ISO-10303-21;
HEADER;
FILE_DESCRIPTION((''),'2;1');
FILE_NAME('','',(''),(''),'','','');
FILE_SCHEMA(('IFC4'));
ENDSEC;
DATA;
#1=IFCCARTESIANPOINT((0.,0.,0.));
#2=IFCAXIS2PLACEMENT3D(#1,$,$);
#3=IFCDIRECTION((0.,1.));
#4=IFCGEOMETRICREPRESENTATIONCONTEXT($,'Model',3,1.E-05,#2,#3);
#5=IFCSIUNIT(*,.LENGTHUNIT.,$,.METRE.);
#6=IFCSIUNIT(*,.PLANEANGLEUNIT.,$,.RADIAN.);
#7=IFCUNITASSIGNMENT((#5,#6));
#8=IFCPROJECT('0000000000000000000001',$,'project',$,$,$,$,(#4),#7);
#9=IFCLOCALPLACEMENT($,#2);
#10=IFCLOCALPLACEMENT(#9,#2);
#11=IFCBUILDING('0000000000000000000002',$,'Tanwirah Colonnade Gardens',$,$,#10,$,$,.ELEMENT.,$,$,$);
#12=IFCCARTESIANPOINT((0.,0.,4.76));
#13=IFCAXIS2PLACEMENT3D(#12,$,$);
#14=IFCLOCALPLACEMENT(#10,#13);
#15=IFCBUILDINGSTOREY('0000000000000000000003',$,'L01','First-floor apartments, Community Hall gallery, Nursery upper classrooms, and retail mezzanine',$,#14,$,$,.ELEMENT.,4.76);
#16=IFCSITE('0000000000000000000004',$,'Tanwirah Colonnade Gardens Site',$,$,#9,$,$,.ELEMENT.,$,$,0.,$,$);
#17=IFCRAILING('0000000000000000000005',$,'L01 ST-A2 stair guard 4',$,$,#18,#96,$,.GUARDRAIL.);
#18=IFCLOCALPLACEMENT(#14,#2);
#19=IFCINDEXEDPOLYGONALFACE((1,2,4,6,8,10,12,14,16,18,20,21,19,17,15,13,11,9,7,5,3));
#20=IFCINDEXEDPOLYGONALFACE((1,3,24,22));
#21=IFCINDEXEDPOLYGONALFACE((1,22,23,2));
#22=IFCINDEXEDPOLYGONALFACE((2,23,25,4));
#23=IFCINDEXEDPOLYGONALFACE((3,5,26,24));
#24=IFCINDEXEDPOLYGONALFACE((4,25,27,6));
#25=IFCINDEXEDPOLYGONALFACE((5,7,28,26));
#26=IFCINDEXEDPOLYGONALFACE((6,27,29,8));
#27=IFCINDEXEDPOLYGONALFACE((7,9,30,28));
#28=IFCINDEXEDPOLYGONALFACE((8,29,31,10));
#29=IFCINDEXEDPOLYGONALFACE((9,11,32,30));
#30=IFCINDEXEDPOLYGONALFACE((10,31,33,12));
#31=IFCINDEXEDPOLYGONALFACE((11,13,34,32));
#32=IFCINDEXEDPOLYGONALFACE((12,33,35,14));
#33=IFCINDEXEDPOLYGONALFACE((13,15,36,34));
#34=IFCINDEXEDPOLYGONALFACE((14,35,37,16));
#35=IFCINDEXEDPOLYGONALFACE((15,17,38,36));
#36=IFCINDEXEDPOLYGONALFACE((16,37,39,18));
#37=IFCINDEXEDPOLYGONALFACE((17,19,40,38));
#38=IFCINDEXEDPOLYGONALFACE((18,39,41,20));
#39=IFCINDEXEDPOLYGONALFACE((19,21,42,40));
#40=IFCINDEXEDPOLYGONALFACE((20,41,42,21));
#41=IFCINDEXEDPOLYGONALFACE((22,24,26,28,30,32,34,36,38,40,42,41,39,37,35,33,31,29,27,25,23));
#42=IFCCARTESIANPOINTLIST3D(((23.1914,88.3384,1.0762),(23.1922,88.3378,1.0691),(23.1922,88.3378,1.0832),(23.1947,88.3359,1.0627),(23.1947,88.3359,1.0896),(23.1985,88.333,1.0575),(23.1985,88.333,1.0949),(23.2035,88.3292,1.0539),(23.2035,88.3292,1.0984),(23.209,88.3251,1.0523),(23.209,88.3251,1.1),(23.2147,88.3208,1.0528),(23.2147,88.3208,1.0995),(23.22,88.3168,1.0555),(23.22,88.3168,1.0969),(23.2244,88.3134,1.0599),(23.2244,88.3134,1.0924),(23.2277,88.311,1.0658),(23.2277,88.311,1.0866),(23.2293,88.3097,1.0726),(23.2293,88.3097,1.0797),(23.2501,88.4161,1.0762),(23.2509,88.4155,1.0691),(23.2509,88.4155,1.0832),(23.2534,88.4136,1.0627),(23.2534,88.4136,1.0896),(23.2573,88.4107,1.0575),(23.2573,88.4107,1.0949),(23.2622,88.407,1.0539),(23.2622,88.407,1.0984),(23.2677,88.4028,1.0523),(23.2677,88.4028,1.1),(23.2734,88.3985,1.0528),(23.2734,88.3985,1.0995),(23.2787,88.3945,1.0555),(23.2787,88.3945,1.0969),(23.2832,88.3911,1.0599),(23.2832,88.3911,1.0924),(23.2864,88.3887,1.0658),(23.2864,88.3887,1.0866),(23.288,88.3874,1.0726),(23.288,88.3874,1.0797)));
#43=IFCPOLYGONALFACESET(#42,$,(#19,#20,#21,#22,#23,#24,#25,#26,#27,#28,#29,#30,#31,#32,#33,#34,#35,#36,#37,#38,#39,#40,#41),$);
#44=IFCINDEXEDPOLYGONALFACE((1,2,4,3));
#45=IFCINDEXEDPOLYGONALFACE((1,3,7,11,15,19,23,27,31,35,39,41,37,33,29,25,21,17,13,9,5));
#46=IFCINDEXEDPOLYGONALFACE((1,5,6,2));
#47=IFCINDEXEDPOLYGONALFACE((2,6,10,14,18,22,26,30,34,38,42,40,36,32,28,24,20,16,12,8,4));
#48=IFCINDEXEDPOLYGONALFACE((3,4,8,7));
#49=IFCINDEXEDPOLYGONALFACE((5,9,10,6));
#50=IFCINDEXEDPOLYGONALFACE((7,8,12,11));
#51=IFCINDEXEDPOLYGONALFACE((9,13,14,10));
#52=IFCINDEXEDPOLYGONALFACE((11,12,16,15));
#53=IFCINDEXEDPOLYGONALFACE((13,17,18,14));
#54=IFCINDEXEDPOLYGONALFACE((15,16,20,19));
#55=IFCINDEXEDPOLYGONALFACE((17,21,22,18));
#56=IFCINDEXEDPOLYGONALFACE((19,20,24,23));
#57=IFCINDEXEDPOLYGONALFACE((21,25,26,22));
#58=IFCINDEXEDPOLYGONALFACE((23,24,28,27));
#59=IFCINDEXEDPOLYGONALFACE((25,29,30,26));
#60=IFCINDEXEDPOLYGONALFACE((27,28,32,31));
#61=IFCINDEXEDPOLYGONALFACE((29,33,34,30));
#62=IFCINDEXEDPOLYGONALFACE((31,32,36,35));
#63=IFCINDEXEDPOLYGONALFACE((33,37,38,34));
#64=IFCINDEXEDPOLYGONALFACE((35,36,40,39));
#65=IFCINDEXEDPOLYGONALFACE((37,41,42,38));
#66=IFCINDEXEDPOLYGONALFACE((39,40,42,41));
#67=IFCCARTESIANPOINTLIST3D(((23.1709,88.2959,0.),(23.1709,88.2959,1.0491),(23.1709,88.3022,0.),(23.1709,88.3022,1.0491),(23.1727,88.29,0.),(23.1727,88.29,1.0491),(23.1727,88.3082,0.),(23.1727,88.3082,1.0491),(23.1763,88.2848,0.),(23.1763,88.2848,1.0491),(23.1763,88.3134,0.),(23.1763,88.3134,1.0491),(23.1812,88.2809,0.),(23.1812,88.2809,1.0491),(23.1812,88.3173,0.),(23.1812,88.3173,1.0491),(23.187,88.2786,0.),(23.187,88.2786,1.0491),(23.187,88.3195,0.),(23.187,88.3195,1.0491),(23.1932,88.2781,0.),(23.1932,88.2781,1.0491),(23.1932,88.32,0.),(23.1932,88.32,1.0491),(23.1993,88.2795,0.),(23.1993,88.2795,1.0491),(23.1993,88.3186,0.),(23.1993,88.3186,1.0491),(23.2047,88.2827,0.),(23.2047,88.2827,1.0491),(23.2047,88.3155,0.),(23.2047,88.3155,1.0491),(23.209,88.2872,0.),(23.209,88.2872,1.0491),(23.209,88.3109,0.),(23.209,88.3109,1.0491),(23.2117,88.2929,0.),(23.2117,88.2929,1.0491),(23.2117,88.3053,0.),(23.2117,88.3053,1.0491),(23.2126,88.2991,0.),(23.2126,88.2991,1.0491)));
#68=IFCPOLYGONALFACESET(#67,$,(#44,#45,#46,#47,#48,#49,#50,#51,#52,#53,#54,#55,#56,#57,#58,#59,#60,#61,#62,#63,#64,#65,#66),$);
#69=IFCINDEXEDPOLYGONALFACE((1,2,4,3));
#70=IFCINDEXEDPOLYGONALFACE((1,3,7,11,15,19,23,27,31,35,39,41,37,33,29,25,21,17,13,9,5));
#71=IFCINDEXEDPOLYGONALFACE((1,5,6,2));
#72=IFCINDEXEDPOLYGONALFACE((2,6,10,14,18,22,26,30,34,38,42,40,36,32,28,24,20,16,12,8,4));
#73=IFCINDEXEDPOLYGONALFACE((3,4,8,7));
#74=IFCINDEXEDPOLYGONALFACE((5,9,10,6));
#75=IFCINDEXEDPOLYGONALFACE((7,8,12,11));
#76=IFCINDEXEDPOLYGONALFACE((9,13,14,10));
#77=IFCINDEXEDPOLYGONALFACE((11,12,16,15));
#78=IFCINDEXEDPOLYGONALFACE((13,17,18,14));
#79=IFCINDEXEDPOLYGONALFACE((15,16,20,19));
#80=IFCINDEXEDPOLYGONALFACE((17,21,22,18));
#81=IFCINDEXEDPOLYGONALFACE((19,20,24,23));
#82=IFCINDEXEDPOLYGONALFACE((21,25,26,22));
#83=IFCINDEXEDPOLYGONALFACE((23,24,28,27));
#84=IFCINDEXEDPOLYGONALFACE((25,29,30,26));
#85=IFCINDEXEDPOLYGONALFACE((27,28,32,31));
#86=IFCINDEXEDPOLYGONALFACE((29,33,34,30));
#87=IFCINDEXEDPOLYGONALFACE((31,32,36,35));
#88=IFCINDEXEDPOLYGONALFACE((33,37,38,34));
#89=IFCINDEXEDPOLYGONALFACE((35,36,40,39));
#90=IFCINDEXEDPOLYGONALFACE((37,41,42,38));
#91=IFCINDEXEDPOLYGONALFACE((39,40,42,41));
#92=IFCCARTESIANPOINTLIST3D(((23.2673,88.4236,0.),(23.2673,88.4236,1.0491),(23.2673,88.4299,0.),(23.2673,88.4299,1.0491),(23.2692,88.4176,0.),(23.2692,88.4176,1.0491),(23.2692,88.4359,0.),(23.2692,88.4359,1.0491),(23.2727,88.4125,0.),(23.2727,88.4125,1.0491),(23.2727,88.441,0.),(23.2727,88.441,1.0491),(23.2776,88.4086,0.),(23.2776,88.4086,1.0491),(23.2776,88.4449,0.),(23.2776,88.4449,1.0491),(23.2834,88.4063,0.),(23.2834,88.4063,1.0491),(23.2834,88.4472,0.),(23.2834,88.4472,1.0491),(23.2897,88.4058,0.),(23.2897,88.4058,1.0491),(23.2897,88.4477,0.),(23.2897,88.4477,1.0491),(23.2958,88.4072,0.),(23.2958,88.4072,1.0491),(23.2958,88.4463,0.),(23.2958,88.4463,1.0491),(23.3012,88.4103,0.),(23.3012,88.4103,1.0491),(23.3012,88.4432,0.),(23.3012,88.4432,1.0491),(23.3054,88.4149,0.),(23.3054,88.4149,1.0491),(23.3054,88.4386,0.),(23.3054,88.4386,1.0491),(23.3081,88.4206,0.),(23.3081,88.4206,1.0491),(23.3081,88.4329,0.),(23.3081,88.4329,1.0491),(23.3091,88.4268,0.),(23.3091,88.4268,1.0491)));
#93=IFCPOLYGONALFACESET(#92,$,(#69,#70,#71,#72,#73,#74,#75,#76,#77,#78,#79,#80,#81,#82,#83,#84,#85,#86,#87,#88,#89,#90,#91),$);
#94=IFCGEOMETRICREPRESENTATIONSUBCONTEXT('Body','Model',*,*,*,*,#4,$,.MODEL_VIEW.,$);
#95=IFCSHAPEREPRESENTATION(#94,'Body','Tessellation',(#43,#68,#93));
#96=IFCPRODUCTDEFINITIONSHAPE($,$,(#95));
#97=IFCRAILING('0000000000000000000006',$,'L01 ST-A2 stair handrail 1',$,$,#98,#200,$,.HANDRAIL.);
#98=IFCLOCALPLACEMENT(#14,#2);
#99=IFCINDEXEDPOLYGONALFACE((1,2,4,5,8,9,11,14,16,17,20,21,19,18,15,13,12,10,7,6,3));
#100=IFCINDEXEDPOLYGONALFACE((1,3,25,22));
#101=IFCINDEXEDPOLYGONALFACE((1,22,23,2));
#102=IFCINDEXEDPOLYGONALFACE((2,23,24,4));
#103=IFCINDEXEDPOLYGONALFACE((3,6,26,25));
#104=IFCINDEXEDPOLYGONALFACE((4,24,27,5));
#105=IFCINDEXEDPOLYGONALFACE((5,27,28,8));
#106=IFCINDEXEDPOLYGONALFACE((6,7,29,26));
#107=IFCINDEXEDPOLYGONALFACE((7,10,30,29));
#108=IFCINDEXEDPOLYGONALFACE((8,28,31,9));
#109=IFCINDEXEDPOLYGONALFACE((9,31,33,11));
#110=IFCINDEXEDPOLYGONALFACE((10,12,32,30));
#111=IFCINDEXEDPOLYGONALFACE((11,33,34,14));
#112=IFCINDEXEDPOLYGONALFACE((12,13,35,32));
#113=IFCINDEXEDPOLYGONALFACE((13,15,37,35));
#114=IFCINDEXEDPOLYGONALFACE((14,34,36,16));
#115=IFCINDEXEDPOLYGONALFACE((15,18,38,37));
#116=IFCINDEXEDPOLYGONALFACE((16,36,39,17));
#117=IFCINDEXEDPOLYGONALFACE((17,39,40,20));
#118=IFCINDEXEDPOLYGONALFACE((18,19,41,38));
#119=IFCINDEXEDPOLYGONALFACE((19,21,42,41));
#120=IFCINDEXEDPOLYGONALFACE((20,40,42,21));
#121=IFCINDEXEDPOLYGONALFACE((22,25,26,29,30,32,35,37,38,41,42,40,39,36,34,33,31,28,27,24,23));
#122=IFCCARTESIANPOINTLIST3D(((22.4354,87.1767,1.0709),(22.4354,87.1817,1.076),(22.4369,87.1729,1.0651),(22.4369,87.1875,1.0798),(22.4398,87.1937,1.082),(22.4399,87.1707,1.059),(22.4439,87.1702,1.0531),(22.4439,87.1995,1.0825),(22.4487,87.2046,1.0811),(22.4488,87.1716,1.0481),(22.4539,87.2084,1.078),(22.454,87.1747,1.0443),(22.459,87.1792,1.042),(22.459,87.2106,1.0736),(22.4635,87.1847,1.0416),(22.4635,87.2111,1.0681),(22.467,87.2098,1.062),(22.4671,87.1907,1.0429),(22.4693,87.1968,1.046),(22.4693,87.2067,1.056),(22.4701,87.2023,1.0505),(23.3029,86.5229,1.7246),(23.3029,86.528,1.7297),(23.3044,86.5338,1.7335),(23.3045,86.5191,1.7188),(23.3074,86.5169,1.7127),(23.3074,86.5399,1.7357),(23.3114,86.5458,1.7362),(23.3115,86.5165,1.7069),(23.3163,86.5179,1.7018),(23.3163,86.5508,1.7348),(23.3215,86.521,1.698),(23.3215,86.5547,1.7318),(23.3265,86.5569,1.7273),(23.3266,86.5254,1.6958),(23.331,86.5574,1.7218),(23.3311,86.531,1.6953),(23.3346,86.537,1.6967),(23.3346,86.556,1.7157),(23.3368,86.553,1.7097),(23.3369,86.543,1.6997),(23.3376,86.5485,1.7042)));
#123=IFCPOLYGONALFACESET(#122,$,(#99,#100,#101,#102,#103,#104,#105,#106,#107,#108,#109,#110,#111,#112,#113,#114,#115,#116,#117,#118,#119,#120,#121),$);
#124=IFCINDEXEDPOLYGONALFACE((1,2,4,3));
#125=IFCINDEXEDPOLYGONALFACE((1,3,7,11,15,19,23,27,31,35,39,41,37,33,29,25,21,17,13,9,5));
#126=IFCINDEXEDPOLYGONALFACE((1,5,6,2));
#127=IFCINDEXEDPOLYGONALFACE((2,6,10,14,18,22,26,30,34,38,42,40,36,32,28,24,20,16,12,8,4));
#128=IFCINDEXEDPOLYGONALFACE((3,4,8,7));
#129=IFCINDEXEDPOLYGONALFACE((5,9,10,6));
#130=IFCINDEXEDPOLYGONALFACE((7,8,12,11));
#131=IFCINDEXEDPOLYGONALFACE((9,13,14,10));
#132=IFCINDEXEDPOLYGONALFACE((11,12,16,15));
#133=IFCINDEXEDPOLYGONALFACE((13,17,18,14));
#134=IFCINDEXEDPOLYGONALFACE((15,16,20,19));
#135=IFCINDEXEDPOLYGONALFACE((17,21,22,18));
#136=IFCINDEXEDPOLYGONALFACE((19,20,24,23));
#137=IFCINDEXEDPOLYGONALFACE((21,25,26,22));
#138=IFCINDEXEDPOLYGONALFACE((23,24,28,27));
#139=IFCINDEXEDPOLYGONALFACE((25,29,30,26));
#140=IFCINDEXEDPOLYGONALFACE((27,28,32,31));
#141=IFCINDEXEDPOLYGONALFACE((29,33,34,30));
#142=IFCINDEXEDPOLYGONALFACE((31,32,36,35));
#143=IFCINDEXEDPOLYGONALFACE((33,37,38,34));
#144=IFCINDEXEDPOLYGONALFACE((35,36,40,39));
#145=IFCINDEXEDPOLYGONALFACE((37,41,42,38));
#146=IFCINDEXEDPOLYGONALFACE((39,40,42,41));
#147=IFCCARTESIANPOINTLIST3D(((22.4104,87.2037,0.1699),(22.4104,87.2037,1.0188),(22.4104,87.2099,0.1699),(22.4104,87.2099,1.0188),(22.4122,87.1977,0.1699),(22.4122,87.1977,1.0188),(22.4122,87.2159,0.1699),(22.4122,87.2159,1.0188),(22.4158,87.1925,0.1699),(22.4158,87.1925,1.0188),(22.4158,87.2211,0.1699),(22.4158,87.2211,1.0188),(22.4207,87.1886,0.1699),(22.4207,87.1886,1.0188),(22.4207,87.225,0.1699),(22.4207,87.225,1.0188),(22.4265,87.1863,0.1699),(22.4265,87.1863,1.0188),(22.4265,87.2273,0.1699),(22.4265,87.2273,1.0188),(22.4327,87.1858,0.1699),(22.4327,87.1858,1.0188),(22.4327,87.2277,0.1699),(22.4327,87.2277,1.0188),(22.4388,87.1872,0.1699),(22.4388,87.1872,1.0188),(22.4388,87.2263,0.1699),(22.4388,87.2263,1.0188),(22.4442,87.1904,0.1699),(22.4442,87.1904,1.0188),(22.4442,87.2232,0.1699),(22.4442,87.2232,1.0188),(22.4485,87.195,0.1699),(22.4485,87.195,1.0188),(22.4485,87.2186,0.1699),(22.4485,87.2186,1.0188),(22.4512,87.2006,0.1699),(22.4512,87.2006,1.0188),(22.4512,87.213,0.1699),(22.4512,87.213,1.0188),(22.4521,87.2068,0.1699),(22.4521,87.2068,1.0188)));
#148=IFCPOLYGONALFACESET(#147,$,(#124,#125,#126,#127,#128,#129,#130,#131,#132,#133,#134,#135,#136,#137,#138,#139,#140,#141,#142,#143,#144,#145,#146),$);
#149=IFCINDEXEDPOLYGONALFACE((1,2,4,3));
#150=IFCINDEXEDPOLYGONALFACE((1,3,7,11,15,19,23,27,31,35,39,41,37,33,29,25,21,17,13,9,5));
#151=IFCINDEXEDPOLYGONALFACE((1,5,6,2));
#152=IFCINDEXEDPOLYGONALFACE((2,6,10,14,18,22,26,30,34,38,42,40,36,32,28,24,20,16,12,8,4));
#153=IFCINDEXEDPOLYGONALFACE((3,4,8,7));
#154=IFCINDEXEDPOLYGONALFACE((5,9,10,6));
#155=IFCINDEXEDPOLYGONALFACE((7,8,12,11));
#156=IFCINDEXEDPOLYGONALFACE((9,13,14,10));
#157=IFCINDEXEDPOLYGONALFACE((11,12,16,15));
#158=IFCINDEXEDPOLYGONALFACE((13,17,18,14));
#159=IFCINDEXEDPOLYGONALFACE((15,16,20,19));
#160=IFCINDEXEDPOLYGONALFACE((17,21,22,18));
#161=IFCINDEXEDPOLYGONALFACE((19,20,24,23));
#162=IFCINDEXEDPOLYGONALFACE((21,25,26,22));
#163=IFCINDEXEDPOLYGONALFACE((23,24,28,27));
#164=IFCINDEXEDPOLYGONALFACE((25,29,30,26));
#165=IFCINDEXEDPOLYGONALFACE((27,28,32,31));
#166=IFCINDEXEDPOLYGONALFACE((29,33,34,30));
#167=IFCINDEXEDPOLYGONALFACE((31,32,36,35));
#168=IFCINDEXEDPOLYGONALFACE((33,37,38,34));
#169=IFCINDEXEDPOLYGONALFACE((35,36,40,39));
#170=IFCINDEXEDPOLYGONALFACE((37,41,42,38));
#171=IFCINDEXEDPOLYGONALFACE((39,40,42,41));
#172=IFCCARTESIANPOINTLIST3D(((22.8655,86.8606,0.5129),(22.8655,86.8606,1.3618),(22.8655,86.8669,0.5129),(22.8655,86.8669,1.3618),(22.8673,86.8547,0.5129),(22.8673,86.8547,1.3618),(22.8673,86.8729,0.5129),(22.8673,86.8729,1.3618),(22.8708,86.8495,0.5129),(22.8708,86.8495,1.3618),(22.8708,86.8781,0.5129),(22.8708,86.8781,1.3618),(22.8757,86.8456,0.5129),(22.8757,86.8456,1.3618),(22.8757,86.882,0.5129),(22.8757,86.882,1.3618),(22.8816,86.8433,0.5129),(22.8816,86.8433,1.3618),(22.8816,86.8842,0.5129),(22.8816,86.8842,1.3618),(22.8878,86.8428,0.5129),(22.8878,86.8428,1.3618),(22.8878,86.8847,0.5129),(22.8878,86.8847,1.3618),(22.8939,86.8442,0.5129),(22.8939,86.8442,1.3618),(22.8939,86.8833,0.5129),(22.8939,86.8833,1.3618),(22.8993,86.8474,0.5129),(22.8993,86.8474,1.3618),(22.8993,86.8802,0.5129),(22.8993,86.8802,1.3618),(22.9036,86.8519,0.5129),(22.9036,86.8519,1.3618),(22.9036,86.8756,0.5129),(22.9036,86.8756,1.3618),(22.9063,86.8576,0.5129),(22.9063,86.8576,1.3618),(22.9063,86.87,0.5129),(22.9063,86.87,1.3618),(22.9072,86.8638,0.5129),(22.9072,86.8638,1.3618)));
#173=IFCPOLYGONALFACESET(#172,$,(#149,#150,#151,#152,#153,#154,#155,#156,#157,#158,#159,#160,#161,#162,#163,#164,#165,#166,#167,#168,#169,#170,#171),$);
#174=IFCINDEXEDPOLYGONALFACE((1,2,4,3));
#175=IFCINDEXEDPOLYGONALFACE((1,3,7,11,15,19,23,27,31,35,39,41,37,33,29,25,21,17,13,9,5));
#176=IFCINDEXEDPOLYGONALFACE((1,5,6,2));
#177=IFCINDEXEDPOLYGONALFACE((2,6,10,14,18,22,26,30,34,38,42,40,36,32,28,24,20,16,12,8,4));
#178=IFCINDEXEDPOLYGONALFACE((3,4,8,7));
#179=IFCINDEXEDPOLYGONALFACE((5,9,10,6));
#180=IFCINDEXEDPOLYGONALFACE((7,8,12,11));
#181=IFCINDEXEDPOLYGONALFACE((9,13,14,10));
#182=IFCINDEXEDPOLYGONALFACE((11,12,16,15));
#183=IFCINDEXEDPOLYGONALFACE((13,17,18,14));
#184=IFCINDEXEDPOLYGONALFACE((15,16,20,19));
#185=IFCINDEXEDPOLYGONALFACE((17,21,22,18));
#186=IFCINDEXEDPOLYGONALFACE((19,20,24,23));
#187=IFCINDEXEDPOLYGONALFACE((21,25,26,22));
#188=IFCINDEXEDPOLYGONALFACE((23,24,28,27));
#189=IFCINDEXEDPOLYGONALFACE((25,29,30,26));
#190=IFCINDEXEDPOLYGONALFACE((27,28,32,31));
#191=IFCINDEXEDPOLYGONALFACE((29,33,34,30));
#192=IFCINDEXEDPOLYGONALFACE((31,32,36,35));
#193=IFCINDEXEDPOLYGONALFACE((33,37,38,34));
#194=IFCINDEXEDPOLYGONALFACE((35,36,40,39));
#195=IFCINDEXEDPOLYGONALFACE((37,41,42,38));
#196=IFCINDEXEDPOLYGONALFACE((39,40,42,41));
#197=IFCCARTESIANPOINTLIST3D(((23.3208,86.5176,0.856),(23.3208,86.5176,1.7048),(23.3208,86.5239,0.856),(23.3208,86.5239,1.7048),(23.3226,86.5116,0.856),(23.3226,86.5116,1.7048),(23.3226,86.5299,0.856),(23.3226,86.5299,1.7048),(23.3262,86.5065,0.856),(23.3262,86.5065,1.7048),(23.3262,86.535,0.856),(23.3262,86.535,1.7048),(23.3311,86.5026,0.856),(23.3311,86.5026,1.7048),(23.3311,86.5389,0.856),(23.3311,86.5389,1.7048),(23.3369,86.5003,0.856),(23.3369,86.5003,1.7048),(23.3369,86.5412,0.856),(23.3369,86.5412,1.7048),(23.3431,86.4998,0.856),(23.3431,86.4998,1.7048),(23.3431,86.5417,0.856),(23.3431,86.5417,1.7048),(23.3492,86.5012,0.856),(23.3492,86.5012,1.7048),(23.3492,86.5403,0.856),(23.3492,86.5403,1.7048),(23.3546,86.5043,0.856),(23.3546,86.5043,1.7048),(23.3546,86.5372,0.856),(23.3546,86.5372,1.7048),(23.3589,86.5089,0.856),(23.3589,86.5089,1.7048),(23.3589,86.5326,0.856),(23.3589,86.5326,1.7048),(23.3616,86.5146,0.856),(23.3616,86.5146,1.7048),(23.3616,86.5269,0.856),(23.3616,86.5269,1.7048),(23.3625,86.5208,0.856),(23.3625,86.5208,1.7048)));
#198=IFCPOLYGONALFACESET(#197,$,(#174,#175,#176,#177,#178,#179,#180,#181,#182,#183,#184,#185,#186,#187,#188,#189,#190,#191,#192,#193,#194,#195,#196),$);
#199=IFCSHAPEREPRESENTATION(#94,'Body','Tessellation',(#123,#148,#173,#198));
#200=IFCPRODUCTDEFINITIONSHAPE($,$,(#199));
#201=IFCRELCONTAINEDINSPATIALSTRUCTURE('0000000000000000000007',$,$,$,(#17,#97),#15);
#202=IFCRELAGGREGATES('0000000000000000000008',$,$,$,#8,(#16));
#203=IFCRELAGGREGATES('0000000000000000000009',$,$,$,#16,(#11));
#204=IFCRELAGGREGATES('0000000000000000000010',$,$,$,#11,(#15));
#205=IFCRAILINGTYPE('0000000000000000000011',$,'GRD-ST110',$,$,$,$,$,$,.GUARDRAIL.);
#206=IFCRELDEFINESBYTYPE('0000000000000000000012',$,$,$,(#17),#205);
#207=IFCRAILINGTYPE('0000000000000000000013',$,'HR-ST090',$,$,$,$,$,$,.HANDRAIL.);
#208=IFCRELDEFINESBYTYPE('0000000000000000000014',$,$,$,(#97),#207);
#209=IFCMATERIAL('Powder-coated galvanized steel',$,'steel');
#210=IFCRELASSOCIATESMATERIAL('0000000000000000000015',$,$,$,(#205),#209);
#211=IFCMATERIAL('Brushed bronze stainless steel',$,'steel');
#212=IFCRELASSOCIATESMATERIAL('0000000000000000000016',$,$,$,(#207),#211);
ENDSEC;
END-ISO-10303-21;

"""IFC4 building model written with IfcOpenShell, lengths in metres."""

from ifc_helpers import new_model, si_unit, direction, frame, origin, origin_2d, place, context, subcontext, project, spatial, circle, extrude, material, type_object, element, save


model = new_model("IFC4")

# Units and contexts
model_context = context("Model", 3, precision=1e-05, world=origin(), true_north=direction((0.0, 1.0)))
body_context = subcontext(model_context, "Body", "Model", "MODEL_VIEW")
ifc_project = project(units=[si_unit("LENGTHUNIT", "METRE"), si_unit("PLANEANGLEUNIT", "RADIAN")], contexts=[model_context])

# Site, building, storey
site_placement = place(None, origin())
site = spatial("IfcSite", under=ifc_project, at=site_placement, Name="Tanwirah Colonnade Gardens Site", CompositionType="ELEMENT", RefElevation=0.0)
building_placement = place(site_placement, origin())
building = spatial("IfcBuilding", under=site, at=building_placement, Name="Tanwirah Colonnade Gardens", CompositionType="ELEMENT")
storey_placement = place(building_placement, frame((0.0, 0.0, 4.76)))
storey = spatial("IfcBuildingStorey", under=building, at=storey_placement, Name="L01", Description="First-floor apartments, Community Hall gallery, Nursery upper classrooms, and retail mezzanine", CompositionType="ELEMENT", Elevation=4.76)

# Railings
ifc_material_1 = material(Name="Powder-coated galvanized steel", Category="steel")
railing_type_1 = type_object("IfcRailingType", Name="GRD-ST110", PredefinedType="GUARDRAIL", material=ifc_material_1)
railing_1_placement = place(storey_placement, frame((23.1917, 88.2991, 0.0)))
element("IfcRailing", 1, at=railing_1_placement, inside=storey, type_object=railing_type_1, Name="L01 ST-A2 stair guard 4", PredefinedType="GUARDRAIL", context=body_context, shape_type="SweptSolid", body=[
    extrude(circle(Radius=0.0239, at=origin_2d()), frame((0.0188, 0.0249, 1.0762), z_axis=(0.602682, 0.797981, 0.0), x_axis=(-0.797981, 0.602682, 0.0)), (0.0, 0.0, 1.0), 0.0974),
    extrude(circle(Radius=0.021, at=origin_2d()), origin(), (0.0, 0.0, 1.0), 1.0491),
    extrude(circle(Radius=0.021, at=origin_2d()), frame((0.0964, 0.1277, 0.0)), (0.0, 0.0, 1.0), 1.0491),
])
ifc_material_2 = material(Name="Brushed bronze stainless steel", Category="steel")
railing_type_2 = type_object("IfcRailingType", Name="HR-ST090", PredefinedType="HANDRAIL", material=ifc_material_2)
railing_2_placement = place(storey_placement, frame((22.4312, 87.2068, 0.1699)))
element("IfcRailing", 2, at=railing_2_placement, inside=storey, type_object=railing_type_2, Name="L01 ST-A2 stair handrail 1", PredefinedType="HANDRAIL", context=body_context, shape_type="SweptSolid", body=[
    extrude(circle(Radius=0.0239, at=origin_2d()), frame((0.0215, -0.0161, 0.8921), z_axis=(0.684276, -0.515639, 0.515639), x_axis=(0.601815, 0.798636, 0.0)), (0.0, 0.0, 1.0), 1.2678),
    extrude(circle(Radius=0.021, at=origin_2d()), origin(), (0.0, 0.0, 1.0), 0.8489),
    extrude(circle(Radius=0.021, at=origin_2d()), frame((0.4551, -0.343, 0.343)), (0.0, 0.0, 1.0), 0.8489),
    extrude(circle(Radius=0.021, at=origin_2d()), frame((0.9104, -0.686, 0.686)), (0.0, 0.0, 1.0), 0.8489),
])

save(model, "model.ifc")
